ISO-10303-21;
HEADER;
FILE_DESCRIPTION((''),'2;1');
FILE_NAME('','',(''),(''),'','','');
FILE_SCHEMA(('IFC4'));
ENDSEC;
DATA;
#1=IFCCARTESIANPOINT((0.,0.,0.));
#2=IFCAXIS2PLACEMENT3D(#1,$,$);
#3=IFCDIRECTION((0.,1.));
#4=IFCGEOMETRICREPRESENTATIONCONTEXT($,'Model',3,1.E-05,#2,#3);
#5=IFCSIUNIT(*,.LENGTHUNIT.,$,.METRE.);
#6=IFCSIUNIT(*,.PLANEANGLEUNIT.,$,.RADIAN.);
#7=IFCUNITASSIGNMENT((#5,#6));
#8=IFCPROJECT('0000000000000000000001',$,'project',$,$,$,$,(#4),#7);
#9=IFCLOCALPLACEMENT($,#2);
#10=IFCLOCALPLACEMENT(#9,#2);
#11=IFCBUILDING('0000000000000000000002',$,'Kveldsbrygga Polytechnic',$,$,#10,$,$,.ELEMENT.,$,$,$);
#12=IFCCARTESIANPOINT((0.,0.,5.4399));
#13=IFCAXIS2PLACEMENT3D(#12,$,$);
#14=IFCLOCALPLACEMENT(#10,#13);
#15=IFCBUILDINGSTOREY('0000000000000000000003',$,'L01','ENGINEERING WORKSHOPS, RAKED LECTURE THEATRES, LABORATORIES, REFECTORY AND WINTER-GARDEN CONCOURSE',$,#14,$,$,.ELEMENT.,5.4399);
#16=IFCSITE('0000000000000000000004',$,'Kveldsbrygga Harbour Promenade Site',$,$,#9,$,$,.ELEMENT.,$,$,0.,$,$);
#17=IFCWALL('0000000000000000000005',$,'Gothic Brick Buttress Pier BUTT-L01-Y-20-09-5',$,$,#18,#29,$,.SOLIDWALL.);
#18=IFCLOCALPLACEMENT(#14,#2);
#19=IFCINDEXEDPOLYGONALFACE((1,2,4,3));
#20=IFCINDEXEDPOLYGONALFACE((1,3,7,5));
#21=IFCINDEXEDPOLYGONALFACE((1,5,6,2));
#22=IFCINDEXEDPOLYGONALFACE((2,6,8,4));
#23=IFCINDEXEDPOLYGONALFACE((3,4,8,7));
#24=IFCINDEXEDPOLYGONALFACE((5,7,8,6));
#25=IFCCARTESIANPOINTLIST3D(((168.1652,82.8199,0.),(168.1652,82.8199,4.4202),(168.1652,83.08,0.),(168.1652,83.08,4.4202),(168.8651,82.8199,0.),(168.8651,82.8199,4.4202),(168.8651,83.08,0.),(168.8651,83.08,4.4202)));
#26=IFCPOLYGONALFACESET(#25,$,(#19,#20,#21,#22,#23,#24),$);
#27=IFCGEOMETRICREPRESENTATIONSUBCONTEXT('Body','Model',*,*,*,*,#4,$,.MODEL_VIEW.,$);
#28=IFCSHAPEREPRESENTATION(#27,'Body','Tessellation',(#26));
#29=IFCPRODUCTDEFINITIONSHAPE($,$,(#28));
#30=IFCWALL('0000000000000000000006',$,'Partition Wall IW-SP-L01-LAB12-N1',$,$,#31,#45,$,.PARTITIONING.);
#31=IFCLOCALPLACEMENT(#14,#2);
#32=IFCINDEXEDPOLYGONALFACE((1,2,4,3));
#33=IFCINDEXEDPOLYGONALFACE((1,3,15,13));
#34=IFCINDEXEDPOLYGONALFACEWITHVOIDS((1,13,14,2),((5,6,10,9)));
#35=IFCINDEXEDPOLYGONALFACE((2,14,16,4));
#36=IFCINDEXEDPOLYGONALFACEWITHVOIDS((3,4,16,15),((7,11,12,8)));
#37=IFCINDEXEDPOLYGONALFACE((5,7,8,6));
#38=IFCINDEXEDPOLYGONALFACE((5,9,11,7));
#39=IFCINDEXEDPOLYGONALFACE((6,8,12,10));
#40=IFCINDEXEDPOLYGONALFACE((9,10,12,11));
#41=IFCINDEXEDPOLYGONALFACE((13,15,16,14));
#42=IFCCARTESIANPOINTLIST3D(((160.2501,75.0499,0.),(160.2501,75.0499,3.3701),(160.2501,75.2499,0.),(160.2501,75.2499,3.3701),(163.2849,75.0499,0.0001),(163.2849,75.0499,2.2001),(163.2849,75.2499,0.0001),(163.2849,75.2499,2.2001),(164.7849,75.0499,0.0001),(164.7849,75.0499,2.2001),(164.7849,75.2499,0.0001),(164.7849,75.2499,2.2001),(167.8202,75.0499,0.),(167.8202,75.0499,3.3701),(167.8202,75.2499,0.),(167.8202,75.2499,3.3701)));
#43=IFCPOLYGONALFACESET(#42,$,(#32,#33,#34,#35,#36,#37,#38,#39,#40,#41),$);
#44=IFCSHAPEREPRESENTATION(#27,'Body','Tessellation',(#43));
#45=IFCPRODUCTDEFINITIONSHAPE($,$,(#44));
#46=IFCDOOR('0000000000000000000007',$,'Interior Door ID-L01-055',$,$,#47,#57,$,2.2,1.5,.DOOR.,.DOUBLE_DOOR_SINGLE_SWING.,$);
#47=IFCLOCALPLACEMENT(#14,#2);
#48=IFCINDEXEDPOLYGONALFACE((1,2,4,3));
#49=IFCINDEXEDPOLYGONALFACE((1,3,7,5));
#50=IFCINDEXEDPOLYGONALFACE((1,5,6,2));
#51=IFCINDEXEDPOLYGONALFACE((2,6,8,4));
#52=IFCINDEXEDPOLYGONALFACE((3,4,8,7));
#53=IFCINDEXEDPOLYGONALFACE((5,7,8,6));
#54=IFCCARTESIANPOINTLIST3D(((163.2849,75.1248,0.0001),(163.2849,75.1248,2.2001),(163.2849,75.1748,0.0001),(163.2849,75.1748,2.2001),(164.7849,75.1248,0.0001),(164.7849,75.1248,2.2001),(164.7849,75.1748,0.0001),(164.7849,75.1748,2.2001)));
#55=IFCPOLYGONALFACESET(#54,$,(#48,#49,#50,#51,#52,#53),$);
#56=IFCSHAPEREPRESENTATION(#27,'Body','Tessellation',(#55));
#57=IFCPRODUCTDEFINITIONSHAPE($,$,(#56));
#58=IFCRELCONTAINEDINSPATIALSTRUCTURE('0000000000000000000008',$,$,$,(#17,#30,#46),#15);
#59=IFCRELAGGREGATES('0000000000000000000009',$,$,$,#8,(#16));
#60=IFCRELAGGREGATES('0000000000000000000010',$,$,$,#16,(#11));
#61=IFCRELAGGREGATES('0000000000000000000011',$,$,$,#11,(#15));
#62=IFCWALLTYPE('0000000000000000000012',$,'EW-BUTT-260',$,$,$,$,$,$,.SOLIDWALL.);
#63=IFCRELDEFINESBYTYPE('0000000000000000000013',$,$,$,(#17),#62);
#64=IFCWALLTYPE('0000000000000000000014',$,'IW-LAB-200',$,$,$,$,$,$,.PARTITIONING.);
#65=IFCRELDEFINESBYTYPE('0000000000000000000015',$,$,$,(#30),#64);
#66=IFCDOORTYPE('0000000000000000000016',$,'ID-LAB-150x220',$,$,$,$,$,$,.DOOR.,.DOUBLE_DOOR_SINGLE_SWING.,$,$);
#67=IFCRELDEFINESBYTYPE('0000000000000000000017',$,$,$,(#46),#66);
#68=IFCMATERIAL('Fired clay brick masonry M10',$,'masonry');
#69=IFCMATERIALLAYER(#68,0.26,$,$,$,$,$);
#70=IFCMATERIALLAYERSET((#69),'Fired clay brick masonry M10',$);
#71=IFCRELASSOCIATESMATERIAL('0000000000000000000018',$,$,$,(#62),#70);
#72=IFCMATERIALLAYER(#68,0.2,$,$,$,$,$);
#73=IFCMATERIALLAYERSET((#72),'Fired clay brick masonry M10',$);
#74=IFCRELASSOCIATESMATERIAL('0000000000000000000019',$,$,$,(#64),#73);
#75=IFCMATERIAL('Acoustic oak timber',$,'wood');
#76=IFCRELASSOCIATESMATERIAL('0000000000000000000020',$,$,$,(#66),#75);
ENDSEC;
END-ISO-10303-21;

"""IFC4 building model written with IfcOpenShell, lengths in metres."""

from ifc_helpers import new_model, si_unit, direction, frame, frame_2d, origin, place, context, subcontext, project, spatial, rectangle, extrude, material, layer, layer_set, type_object, element, fill, save


model = new_model("IFC4")

# Units and contexts
model_context = context("Model", 3, precision=1e-05, world=origin(), true_north=direction((0.0, 1.0)))
body_context = subcontext(model_context, "Body", "Model", "MODEL_VIEW")
ifc_project = project(units=[si_unit("LENGTHUNIT", "METRE"), si_unit("PLANEANGLEUNIT", "RADIAN")], contexts=[model_context])

# Site, building, storey
site_placement = place(None, origin())
site = spatial("IfcSite", under=ifc_project, at=site_placement, Name="Kveldsbrygga Harbour Promenade Site", CompositionType="ELEMENT", RefElevation=0.0)
building_placement = place(site_placement, origin())
building = spatial("IfcBuilding", under=site, at=building_placement, Name="Kveldsbrygga Polytechnic", CompositionType="ELEMENT")
storey_placement = place(building_placement, frame((0.0, 0.0, 5.4399)))
storey = spatial("IfcBuildingStorey", under=building, at=storey_placement, Name="L01", Description="ENGINEERING WORKSHOPS, RAKED LECTURE THEATRES, LABORATORIES, REFECTORY AND WINTER-GARDEN CONCOURSE", CompositionType="ELEMENT", Elevation=5.4399)

# Shared definitions
ifc_material_1 = material(Name="Fired clay brick masonry M10", Category="masonry")

# Wall
ifc_layer_1 = layer(ifc_material_1, 0.26)
ifc_layer_set_1 = layer_set([ifc_layer_1], Name="Fired clay brick masonry M10")
wall_type_1 = type_object("IfcWallType", Name="EW-BUTT-260", PredefinedType="SOLIDWALL", material=ifc_layer_set_1)
for number, where, z_axis, x_axis, name in (
    (1, (168.165, 82.95, 0.0), (0.0, 0.0, 1.0), (1.0, 0.0, 0.0), "Gothic Brick Buttress Pier BUTT-L01-Y-20-09-5"),
):
    element("IfcWall", number, at=place(storey_placement, frame(where, z_axis=z_axis, x_axis=x_axis)), inside=storey, type_object=wall_type_1, Name=name, PredefinedType="SOLIDWALL", context=body_context, shape_type="SweptSolid", body=[
        extrude(rectangle(XDim=0.7, YDim=0.26, at=frame_2d((0.3501, 0.0))), origin(), (0.0, 0.0, 1.0), 4.4202),
    ])

# Wall, opening, door
ifc_layer_2 = layer(ifc_material_1, 0.2)
ifc_layer_set_2 = layer_set([ifc_layer_2], Name="Fired clay brick masonry M10")
wall_type_2 = type_object("IfcWallType", Name="IW-LAB-200", PredefinedType="PARTITIONING", material=ifc_layer_set_2)
wall_1_placement = place(storey_placement, frame((160.25, 75.1499, 0.0), z_axis=(0.0, 0.0, 1.0), x_axis=(1.0, 0.0, 0.0)))
wall_1 = element("IfcWall", 2, at=wall_1_placement, inside=storey, type_object=wall_type_2, Name="Partition Wall IW-SP-L01-LAB12-N1", PredefinedType="PARTITIONING", context=body_context, shape_type="SweptSolid", body=[
    extrude(rectangle(XDim=7.5701, YDim=0.2, at=frame_2d((3.7852, 0.0))), origin(), (0.0, 0.0, 1.0), 3.3701),
])
opening_1_placement = place(wall_1_placement, frame((3.0349, 0.0, 0.0)))
opening_1 = element("IfcOpeningElement", 3, at=opening_1_placement, cuts=wall_1, PredefinedType="OPENING", context=body_context, shape_type="SweptSolid", body=[
    extrude(rectangle(XDim=1.5, YDim=2.2, at=frame_2d((0.75, 1.1001))), frame((0.0, 0.1099, 0.0), z_axis=(0.0, -1.0, 0.0), x_axis=(1.0, 0.0, 0.0)), (0.0, 0.0, 1.0), 0.22),
])
ifc_material_2 = material(Name="Acoustic oak timber", Category="wood")
door_type = type_object("IfcDoorType", Name="ID-LAB-150x220", OperationType="DOUBLE_DOOR_SINGLE_SWING", PredefinedType="DOOR", material=ifc_material_2)
door_placement = place(opening_1_placement, origin())
door = element("IfcDoor", 4, at=door_placement, inside=storey, type_object=door_type, Name="Interior Door ID-L01-055", OperationType="DOUBLE_DOOR_SINGLE_SWING", OverallHeight=2.2, OverallWidth=1.5, PredefinedType="DOOR", context=body_context, shape_type="SweptSolid", body=[
    extrude(rectangle(XDim=1.5, YDim=2.2, at=frame_2d((0.75, 1.1001))), frame((0.0, 0.0249, 0.0), z_axis=(0.0, -1.0, 0.0), x_axis=(1.0, 0.0, 0.0)), (0.0, 0.0, 1.0), 0.05),
])
fill(opening_1, door)

save(model, "model.ifc")
